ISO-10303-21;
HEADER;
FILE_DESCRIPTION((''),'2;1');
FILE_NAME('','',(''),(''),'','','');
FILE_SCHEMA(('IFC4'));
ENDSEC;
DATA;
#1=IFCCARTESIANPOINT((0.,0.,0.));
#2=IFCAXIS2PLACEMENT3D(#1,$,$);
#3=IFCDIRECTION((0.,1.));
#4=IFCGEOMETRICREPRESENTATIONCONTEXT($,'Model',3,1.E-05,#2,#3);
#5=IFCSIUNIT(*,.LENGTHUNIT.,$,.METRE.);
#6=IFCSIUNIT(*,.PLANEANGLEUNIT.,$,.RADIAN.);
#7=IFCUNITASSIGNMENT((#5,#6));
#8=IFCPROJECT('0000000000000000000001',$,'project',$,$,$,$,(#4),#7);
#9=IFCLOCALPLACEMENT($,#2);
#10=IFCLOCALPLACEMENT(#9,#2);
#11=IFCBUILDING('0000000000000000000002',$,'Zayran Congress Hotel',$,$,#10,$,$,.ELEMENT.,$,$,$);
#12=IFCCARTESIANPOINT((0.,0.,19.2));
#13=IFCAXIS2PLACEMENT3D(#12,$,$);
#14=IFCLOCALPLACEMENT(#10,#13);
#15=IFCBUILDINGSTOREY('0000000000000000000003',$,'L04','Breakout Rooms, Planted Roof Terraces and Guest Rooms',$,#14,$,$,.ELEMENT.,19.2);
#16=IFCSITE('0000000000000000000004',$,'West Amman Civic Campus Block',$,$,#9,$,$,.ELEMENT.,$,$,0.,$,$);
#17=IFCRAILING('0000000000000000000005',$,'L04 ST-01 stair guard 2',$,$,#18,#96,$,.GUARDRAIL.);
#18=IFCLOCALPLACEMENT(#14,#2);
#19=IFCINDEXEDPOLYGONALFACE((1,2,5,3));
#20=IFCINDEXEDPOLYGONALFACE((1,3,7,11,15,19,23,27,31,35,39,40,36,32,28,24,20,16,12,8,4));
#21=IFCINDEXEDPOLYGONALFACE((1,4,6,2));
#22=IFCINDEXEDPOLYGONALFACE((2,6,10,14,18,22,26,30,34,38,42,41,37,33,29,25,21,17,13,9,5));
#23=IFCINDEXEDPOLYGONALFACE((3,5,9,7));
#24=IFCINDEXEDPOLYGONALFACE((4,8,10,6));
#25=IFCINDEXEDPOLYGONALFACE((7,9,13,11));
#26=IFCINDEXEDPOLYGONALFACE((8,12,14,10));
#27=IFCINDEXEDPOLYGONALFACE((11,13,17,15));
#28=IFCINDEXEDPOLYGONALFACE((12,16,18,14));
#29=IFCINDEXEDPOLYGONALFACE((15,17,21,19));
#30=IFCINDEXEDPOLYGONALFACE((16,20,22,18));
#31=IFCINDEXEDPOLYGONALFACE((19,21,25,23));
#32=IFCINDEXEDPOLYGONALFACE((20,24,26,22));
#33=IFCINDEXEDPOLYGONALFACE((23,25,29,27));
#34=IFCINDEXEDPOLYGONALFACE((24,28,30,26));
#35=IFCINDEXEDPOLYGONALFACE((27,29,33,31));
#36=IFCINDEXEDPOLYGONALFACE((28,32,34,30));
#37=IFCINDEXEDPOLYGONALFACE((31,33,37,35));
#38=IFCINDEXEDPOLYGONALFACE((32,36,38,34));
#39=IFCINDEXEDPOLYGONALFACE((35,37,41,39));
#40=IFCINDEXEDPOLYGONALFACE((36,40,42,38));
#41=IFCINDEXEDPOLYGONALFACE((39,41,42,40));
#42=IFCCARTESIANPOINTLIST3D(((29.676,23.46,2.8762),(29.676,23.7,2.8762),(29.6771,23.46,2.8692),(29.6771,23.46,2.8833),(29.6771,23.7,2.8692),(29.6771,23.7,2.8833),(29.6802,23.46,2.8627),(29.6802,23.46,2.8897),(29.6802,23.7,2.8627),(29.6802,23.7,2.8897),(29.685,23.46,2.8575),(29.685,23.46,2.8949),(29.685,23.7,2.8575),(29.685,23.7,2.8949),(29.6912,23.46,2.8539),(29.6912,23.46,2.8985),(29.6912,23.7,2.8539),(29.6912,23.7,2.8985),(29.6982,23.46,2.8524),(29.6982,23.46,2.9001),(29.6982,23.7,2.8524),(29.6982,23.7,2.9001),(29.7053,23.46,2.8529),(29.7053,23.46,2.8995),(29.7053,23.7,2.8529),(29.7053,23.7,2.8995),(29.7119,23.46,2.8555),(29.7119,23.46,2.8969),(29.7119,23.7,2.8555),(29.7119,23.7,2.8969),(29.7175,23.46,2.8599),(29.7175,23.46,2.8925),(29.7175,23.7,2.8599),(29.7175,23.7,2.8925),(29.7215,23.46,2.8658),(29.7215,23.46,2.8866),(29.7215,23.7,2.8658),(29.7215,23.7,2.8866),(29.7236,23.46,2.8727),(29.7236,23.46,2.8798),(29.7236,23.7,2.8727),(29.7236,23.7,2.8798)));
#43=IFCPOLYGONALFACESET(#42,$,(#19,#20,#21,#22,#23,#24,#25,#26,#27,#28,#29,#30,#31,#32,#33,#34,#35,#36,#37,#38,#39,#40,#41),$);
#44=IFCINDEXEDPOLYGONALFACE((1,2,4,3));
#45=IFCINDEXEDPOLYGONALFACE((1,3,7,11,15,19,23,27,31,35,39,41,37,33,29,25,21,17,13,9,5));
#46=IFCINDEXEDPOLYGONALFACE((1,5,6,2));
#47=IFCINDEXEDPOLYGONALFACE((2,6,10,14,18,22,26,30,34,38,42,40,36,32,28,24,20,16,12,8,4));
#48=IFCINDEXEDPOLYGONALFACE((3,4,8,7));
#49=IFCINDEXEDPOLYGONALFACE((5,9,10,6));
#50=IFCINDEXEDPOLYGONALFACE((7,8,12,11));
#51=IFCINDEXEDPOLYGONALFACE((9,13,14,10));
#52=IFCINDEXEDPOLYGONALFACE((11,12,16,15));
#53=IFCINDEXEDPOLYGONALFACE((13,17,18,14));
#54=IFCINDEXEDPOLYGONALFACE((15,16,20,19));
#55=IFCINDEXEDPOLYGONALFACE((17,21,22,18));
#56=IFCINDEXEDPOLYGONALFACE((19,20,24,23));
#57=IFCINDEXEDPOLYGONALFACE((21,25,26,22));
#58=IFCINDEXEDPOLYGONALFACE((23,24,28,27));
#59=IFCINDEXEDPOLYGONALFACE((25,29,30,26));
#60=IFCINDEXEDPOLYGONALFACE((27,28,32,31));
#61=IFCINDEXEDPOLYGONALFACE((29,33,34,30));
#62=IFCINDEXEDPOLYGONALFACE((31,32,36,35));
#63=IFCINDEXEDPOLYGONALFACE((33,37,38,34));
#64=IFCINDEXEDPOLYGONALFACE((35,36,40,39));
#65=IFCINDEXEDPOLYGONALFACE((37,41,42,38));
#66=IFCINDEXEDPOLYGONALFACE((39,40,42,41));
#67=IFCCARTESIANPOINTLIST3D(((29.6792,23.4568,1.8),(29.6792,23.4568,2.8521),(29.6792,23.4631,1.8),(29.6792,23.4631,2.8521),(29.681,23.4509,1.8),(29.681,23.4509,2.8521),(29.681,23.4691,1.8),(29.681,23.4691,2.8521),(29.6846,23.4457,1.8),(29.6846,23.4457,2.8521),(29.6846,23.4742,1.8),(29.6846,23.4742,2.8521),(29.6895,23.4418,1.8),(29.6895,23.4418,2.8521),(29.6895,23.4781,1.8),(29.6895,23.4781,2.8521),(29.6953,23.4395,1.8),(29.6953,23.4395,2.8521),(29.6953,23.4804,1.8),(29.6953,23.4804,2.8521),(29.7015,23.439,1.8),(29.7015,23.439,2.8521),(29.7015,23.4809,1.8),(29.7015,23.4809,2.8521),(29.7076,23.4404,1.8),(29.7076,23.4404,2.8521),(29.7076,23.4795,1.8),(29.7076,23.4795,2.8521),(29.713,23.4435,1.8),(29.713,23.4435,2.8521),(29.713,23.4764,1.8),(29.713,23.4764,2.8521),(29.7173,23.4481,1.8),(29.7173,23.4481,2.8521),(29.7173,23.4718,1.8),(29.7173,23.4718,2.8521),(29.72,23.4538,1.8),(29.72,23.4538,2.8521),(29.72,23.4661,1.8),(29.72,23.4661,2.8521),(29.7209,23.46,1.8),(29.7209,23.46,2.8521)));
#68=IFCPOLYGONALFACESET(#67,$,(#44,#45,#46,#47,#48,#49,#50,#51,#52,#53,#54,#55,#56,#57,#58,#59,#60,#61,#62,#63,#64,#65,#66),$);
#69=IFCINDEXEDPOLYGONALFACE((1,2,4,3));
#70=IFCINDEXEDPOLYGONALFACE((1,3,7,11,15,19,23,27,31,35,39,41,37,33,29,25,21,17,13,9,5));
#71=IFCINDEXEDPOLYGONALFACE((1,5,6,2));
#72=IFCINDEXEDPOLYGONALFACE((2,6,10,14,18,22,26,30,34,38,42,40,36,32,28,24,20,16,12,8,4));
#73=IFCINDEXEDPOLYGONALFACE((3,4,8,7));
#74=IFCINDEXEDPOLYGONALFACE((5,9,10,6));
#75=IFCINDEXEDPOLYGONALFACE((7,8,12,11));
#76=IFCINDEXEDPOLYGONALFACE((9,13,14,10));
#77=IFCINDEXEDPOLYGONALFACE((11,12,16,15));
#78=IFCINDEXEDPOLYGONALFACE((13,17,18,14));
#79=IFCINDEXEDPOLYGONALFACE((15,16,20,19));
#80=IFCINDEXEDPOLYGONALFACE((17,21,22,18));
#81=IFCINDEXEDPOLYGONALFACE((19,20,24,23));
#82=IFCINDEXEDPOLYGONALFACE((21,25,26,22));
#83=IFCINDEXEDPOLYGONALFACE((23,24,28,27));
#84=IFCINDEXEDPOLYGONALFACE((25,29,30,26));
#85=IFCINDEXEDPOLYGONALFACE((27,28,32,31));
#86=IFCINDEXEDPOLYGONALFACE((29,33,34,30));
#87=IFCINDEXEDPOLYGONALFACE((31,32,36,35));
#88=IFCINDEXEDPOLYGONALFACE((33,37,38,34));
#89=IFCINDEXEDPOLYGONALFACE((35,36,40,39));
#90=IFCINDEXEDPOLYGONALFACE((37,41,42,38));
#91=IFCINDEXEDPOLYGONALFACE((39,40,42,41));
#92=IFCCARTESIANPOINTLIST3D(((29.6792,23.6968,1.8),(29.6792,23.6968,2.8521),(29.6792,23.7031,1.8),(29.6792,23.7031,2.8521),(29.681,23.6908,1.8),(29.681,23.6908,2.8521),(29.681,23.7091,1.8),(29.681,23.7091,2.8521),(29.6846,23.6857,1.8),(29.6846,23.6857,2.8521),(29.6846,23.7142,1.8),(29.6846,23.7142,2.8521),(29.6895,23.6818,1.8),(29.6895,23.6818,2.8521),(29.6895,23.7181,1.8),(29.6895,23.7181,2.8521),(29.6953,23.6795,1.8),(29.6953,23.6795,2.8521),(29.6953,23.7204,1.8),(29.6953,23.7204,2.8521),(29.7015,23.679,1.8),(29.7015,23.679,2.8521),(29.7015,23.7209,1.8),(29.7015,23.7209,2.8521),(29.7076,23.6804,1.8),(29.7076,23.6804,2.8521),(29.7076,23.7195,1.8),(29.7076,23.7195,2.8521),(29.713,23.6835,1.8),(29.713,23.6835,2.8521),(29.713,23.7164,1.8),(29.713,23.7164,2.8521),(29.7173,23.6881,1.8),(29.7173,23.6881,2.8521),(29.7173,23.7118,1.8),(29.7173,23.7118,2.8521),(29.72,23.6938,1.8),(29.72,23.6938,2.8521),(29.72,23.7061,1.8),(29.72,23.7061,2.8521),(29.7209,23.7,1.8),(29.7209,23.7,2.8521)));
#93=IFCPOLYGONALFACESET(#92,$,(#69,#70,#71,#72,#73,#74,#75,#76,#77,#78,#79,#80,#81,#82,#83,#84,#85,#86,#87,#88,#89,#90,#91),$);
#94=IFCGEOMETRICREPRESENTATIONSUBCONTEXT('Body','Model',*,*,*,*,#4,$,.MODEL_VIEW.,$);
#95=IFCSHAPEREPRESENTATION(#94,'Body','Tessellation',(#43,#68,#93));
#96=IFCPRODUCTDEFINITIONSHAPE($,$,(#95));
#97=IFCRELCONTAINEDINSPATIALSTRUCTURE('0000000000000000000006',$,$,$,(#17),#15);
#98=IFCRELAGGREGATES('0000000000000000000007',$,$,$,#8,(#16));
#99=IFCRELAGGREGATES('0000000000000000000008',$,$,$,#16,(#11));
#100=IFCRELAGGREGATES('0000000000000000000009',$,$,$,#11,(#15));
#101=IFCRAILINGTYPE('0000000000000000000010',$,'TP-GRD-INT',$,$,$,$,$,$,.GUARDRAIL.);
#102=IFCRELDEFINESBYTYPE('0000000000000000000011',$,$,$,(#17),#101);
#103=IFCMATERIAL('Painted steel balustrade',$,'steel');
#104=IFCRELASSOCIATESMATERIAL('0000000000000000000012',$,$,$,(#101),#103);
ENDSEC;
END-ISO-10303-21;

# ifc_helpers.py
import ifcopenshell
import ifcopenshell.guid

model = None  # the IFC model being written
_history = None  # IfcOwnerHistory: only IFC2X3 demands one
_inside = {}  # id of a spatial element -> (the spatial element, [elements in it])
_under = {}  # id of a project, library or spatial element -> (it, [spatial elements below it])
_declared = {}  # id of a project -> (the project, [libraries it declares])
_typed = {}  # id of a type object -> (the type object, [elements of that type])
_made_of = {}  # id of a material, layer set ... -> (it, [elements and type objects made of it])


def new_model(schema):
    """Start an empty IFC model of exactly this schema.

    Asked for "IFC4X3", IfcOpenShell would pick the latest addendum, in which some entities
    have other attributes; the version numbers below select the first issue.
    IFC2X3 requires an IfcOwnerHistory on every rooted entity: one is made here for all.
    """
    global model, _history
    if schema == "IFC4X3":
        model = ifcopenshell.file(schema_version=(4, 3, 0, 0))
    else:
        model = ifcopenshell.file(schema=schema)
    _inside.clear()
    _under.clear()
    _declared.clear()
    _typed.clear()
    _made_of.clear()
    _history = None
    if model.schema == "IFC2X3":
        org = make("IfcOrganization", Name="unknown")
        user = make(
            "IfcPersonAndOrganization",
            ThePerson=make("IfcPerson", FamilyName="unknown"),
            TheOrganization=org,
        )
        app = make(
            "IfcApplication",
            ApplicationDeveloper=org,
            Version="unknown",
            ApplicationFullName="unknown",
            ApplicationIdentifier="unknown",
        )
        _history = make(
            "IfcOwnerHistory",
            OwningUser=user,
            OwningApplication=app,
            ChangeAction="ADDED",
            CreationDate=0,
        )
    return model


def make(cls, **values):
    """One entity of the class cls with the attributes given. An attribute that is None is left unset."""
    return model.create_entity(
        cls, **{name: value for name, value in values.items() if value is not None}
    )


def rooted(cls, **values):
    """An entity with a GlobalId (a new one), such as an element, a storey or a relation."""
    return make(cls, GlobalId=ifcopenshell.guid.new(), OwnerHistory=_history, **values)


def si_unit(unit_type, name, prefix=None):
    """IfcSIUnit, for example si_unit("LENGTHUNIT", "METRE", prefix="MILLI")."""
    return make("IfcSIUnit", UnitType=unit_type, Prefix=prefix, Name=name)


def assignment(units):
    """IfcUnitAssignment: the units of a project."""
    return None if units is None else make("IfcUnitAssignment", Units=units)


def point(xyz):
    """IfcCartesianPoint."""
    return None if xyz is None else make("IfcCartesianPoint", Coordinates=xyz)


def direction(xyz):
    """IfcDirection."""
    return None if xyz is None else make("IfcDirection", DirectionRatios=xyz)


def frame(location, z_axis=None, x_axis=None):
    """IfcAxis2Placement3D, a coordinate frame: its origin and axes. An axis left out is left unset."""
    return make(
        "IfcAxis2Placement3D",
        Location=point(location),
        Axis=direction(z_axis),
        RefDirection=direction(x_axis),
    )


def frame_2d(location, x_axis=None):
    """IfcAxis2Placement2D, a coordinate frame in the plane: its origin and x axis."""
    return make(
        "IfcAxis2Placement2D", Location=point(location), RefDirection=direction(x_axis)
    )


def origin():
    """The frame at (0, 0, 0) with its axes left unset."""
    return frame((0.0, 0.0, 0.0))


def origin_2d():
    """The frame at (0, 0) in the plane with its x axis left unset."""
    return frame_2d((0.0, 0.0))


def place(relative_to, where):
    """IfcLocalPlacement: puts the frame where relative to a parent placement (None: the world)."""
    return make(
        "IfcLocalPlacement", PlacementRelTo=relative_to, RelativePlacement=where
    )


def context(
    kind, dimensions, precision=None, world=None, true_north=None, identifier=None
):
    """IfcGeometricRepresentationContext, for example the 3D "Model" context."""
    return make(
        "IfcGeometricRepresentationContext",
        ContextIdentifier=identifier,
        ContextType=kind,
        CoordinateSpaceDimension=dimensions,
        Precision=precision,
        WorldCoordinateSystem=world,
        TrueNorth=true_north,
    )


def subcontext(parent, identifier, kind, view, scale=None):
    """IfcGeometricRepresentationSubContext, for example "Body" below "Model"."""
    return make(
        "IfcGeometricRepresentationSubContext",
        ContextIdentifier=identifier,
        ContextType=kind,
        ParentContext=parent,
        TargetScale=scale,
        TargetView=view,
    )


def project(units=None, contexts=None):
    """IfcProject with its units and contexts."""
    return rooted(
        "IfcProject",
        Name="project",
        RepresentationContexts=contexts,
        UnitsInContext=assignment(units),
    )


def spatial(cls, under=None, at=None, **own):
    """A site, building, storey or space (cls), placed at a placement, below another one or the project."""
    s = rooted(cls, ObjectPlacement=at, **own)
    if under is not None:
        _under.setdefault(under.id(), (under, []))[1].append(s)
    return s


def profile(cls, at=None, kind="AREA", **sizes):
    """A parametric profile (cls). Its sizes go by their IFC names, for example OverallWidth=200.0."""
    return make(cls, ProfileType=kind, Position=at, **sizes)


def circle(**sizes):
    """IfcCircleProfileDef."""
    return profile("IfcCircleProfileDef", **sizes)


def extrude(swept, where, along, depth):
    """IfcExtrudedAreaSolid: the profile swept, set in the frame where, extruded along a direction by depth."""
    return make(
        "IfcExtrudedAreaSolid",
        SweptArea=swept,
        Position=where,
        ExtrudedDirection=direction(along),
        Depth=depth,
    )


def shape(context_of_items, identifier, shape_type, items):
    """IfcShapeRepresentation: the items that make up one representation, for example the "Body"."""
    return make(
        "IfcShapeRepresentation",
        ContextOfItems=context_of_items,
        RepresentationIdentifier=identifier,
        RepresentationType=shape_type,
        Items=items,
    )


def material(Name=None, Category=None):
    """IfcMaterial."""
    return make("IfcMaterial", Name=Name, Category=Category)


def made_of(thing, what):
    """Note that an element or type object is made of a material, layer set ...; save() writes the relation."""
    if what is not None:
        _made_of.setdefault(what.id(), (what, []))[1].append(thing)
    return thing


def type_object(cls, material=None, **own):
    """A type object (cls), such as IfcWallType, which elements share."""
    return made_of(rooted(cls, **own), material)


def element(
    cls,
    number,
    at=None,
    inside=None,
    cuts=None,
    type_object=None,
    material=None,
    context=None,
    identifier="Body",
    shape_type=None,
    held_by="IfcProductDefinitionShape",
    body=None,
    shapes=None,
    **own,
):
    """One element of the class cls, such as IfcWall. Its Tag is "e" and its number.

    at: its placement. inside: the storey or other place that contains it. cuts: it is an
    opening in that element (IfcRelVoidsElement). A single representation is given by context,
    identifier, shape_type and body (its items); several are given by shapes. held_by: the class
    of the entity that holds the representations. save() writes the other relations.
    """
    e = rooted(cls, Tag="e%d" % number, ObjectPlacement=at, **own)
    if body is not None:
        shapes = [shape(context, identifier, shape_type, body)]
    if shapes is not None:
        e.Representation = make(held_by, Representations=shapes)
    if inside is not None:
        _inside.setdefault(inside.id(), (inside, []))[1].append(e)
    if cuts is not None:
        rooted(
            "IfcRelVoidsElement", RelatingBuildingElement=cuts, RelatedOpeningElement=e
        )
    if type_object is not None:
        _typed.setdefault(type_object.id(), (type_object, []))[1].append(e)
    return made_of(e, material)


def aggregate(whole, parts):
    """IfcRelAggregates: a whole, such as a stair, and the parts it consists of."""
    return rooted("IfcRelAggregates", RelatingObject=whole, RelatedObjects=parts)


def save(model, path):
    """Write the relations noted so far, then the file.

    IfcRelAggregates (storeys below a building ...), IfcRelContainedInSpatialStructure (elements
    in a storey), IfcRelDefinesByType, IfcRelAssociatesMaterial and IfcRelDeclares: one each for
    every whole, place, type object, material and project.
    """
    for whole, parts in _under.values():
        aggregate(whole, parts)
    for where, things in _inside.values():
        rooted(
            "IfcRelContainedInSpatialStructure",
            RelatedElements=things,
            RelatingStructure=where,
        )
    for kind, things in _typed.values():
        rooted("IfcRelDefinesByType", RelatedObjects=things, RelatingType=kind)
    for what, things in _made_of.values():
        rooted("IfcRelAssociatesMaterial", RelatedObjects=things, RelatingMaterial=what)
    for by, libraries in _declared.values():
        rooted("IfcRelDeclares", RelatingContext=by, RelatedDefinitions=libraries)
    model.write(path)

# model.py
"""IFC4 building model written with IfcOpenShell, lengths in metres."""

from ifc_helpers import new_model, si_unit, direction, frame, origin, origin_2d, place, context, subcontext, project, spatial, circle, extrude, material, type_object, element, save


model = new_model("IFC4")

# Units and contexts
model_context = context("Model", 3, precision=1e-05, world=origin(), true_north=direction((0.0, 1.0)))
body_context = subcontext(model_context, "Body", "Model", "MODEL_VIEW")
ifc_project = project(units=[si_unit("LENGTHUNIT", "METRE"), si_unit("PLANEANGLEUNIT", "RADIAN")], contexts=[model_context])

# Site, building, storey
site_placement = place(None, origin())
site = spatial("IfcSite", under=ifc_project, at=site_placement, Name="West Amman Civic Campus Block", CompositionType="ELEMENT", RefElevation=0.0)
building_placement = place(site_placement, origin())
building = spatial("IfcBuilding", under=site, at=building_placement, Name="Zayran Congress Hotel", CompositionType="ELEMENT")
storey_placement = place(building_placement, frame((0.0, 0.0, 19.2)))
storey = spatial("IfcBuildingStorey", under=building, at=storey_placement, Name="L04", Description="Breakout Rooms, Planted Roof Terraces and Guest Rooms", CompositionType="ELEMENT", Elevation=19.2)

# Railing
ifc_material_1 = material(Name="Painted steel balustrade", Category="steel")
railing_type_1 = type_object("IfcRailingType", Name="TP-GRD-INT", PredefinedType="GUARDRAIL", material=ifc_material_1)
railing_1_placement = place(storey_placement, frame((29.7, 23.46, 1.8)))
element("IfcRailing", 1, at=railing_1_placement, inside=storey, type_object=railing_type_1, Name="L04 ST-01 stair guard 2", PredefinedType="GUARDRAIL", context=body_context, shape_type="SweptSolid", body=[
    extrude(circle(Radius=0.0239, at=origin_2d()), frame((0.0, 0.0, 1.0762), z_axis=(0.0, 1.0, 0.0), x_axis=(-1.0, 0.0, 0.0)), (0.0, 0.0, 1.0), 0.24),
    extrude(circle(Radius=0.021, at=origin_2d()), origin(), (0.0, 0.0, 1.0), 1.052),
    extrude(circle(Radius=0.021, at=origin_2d()), frame((0.0, 0.24, 0.0)), (0.0, 0.0, 1.0), 1.052),
])

save(model, "model.ifc")
